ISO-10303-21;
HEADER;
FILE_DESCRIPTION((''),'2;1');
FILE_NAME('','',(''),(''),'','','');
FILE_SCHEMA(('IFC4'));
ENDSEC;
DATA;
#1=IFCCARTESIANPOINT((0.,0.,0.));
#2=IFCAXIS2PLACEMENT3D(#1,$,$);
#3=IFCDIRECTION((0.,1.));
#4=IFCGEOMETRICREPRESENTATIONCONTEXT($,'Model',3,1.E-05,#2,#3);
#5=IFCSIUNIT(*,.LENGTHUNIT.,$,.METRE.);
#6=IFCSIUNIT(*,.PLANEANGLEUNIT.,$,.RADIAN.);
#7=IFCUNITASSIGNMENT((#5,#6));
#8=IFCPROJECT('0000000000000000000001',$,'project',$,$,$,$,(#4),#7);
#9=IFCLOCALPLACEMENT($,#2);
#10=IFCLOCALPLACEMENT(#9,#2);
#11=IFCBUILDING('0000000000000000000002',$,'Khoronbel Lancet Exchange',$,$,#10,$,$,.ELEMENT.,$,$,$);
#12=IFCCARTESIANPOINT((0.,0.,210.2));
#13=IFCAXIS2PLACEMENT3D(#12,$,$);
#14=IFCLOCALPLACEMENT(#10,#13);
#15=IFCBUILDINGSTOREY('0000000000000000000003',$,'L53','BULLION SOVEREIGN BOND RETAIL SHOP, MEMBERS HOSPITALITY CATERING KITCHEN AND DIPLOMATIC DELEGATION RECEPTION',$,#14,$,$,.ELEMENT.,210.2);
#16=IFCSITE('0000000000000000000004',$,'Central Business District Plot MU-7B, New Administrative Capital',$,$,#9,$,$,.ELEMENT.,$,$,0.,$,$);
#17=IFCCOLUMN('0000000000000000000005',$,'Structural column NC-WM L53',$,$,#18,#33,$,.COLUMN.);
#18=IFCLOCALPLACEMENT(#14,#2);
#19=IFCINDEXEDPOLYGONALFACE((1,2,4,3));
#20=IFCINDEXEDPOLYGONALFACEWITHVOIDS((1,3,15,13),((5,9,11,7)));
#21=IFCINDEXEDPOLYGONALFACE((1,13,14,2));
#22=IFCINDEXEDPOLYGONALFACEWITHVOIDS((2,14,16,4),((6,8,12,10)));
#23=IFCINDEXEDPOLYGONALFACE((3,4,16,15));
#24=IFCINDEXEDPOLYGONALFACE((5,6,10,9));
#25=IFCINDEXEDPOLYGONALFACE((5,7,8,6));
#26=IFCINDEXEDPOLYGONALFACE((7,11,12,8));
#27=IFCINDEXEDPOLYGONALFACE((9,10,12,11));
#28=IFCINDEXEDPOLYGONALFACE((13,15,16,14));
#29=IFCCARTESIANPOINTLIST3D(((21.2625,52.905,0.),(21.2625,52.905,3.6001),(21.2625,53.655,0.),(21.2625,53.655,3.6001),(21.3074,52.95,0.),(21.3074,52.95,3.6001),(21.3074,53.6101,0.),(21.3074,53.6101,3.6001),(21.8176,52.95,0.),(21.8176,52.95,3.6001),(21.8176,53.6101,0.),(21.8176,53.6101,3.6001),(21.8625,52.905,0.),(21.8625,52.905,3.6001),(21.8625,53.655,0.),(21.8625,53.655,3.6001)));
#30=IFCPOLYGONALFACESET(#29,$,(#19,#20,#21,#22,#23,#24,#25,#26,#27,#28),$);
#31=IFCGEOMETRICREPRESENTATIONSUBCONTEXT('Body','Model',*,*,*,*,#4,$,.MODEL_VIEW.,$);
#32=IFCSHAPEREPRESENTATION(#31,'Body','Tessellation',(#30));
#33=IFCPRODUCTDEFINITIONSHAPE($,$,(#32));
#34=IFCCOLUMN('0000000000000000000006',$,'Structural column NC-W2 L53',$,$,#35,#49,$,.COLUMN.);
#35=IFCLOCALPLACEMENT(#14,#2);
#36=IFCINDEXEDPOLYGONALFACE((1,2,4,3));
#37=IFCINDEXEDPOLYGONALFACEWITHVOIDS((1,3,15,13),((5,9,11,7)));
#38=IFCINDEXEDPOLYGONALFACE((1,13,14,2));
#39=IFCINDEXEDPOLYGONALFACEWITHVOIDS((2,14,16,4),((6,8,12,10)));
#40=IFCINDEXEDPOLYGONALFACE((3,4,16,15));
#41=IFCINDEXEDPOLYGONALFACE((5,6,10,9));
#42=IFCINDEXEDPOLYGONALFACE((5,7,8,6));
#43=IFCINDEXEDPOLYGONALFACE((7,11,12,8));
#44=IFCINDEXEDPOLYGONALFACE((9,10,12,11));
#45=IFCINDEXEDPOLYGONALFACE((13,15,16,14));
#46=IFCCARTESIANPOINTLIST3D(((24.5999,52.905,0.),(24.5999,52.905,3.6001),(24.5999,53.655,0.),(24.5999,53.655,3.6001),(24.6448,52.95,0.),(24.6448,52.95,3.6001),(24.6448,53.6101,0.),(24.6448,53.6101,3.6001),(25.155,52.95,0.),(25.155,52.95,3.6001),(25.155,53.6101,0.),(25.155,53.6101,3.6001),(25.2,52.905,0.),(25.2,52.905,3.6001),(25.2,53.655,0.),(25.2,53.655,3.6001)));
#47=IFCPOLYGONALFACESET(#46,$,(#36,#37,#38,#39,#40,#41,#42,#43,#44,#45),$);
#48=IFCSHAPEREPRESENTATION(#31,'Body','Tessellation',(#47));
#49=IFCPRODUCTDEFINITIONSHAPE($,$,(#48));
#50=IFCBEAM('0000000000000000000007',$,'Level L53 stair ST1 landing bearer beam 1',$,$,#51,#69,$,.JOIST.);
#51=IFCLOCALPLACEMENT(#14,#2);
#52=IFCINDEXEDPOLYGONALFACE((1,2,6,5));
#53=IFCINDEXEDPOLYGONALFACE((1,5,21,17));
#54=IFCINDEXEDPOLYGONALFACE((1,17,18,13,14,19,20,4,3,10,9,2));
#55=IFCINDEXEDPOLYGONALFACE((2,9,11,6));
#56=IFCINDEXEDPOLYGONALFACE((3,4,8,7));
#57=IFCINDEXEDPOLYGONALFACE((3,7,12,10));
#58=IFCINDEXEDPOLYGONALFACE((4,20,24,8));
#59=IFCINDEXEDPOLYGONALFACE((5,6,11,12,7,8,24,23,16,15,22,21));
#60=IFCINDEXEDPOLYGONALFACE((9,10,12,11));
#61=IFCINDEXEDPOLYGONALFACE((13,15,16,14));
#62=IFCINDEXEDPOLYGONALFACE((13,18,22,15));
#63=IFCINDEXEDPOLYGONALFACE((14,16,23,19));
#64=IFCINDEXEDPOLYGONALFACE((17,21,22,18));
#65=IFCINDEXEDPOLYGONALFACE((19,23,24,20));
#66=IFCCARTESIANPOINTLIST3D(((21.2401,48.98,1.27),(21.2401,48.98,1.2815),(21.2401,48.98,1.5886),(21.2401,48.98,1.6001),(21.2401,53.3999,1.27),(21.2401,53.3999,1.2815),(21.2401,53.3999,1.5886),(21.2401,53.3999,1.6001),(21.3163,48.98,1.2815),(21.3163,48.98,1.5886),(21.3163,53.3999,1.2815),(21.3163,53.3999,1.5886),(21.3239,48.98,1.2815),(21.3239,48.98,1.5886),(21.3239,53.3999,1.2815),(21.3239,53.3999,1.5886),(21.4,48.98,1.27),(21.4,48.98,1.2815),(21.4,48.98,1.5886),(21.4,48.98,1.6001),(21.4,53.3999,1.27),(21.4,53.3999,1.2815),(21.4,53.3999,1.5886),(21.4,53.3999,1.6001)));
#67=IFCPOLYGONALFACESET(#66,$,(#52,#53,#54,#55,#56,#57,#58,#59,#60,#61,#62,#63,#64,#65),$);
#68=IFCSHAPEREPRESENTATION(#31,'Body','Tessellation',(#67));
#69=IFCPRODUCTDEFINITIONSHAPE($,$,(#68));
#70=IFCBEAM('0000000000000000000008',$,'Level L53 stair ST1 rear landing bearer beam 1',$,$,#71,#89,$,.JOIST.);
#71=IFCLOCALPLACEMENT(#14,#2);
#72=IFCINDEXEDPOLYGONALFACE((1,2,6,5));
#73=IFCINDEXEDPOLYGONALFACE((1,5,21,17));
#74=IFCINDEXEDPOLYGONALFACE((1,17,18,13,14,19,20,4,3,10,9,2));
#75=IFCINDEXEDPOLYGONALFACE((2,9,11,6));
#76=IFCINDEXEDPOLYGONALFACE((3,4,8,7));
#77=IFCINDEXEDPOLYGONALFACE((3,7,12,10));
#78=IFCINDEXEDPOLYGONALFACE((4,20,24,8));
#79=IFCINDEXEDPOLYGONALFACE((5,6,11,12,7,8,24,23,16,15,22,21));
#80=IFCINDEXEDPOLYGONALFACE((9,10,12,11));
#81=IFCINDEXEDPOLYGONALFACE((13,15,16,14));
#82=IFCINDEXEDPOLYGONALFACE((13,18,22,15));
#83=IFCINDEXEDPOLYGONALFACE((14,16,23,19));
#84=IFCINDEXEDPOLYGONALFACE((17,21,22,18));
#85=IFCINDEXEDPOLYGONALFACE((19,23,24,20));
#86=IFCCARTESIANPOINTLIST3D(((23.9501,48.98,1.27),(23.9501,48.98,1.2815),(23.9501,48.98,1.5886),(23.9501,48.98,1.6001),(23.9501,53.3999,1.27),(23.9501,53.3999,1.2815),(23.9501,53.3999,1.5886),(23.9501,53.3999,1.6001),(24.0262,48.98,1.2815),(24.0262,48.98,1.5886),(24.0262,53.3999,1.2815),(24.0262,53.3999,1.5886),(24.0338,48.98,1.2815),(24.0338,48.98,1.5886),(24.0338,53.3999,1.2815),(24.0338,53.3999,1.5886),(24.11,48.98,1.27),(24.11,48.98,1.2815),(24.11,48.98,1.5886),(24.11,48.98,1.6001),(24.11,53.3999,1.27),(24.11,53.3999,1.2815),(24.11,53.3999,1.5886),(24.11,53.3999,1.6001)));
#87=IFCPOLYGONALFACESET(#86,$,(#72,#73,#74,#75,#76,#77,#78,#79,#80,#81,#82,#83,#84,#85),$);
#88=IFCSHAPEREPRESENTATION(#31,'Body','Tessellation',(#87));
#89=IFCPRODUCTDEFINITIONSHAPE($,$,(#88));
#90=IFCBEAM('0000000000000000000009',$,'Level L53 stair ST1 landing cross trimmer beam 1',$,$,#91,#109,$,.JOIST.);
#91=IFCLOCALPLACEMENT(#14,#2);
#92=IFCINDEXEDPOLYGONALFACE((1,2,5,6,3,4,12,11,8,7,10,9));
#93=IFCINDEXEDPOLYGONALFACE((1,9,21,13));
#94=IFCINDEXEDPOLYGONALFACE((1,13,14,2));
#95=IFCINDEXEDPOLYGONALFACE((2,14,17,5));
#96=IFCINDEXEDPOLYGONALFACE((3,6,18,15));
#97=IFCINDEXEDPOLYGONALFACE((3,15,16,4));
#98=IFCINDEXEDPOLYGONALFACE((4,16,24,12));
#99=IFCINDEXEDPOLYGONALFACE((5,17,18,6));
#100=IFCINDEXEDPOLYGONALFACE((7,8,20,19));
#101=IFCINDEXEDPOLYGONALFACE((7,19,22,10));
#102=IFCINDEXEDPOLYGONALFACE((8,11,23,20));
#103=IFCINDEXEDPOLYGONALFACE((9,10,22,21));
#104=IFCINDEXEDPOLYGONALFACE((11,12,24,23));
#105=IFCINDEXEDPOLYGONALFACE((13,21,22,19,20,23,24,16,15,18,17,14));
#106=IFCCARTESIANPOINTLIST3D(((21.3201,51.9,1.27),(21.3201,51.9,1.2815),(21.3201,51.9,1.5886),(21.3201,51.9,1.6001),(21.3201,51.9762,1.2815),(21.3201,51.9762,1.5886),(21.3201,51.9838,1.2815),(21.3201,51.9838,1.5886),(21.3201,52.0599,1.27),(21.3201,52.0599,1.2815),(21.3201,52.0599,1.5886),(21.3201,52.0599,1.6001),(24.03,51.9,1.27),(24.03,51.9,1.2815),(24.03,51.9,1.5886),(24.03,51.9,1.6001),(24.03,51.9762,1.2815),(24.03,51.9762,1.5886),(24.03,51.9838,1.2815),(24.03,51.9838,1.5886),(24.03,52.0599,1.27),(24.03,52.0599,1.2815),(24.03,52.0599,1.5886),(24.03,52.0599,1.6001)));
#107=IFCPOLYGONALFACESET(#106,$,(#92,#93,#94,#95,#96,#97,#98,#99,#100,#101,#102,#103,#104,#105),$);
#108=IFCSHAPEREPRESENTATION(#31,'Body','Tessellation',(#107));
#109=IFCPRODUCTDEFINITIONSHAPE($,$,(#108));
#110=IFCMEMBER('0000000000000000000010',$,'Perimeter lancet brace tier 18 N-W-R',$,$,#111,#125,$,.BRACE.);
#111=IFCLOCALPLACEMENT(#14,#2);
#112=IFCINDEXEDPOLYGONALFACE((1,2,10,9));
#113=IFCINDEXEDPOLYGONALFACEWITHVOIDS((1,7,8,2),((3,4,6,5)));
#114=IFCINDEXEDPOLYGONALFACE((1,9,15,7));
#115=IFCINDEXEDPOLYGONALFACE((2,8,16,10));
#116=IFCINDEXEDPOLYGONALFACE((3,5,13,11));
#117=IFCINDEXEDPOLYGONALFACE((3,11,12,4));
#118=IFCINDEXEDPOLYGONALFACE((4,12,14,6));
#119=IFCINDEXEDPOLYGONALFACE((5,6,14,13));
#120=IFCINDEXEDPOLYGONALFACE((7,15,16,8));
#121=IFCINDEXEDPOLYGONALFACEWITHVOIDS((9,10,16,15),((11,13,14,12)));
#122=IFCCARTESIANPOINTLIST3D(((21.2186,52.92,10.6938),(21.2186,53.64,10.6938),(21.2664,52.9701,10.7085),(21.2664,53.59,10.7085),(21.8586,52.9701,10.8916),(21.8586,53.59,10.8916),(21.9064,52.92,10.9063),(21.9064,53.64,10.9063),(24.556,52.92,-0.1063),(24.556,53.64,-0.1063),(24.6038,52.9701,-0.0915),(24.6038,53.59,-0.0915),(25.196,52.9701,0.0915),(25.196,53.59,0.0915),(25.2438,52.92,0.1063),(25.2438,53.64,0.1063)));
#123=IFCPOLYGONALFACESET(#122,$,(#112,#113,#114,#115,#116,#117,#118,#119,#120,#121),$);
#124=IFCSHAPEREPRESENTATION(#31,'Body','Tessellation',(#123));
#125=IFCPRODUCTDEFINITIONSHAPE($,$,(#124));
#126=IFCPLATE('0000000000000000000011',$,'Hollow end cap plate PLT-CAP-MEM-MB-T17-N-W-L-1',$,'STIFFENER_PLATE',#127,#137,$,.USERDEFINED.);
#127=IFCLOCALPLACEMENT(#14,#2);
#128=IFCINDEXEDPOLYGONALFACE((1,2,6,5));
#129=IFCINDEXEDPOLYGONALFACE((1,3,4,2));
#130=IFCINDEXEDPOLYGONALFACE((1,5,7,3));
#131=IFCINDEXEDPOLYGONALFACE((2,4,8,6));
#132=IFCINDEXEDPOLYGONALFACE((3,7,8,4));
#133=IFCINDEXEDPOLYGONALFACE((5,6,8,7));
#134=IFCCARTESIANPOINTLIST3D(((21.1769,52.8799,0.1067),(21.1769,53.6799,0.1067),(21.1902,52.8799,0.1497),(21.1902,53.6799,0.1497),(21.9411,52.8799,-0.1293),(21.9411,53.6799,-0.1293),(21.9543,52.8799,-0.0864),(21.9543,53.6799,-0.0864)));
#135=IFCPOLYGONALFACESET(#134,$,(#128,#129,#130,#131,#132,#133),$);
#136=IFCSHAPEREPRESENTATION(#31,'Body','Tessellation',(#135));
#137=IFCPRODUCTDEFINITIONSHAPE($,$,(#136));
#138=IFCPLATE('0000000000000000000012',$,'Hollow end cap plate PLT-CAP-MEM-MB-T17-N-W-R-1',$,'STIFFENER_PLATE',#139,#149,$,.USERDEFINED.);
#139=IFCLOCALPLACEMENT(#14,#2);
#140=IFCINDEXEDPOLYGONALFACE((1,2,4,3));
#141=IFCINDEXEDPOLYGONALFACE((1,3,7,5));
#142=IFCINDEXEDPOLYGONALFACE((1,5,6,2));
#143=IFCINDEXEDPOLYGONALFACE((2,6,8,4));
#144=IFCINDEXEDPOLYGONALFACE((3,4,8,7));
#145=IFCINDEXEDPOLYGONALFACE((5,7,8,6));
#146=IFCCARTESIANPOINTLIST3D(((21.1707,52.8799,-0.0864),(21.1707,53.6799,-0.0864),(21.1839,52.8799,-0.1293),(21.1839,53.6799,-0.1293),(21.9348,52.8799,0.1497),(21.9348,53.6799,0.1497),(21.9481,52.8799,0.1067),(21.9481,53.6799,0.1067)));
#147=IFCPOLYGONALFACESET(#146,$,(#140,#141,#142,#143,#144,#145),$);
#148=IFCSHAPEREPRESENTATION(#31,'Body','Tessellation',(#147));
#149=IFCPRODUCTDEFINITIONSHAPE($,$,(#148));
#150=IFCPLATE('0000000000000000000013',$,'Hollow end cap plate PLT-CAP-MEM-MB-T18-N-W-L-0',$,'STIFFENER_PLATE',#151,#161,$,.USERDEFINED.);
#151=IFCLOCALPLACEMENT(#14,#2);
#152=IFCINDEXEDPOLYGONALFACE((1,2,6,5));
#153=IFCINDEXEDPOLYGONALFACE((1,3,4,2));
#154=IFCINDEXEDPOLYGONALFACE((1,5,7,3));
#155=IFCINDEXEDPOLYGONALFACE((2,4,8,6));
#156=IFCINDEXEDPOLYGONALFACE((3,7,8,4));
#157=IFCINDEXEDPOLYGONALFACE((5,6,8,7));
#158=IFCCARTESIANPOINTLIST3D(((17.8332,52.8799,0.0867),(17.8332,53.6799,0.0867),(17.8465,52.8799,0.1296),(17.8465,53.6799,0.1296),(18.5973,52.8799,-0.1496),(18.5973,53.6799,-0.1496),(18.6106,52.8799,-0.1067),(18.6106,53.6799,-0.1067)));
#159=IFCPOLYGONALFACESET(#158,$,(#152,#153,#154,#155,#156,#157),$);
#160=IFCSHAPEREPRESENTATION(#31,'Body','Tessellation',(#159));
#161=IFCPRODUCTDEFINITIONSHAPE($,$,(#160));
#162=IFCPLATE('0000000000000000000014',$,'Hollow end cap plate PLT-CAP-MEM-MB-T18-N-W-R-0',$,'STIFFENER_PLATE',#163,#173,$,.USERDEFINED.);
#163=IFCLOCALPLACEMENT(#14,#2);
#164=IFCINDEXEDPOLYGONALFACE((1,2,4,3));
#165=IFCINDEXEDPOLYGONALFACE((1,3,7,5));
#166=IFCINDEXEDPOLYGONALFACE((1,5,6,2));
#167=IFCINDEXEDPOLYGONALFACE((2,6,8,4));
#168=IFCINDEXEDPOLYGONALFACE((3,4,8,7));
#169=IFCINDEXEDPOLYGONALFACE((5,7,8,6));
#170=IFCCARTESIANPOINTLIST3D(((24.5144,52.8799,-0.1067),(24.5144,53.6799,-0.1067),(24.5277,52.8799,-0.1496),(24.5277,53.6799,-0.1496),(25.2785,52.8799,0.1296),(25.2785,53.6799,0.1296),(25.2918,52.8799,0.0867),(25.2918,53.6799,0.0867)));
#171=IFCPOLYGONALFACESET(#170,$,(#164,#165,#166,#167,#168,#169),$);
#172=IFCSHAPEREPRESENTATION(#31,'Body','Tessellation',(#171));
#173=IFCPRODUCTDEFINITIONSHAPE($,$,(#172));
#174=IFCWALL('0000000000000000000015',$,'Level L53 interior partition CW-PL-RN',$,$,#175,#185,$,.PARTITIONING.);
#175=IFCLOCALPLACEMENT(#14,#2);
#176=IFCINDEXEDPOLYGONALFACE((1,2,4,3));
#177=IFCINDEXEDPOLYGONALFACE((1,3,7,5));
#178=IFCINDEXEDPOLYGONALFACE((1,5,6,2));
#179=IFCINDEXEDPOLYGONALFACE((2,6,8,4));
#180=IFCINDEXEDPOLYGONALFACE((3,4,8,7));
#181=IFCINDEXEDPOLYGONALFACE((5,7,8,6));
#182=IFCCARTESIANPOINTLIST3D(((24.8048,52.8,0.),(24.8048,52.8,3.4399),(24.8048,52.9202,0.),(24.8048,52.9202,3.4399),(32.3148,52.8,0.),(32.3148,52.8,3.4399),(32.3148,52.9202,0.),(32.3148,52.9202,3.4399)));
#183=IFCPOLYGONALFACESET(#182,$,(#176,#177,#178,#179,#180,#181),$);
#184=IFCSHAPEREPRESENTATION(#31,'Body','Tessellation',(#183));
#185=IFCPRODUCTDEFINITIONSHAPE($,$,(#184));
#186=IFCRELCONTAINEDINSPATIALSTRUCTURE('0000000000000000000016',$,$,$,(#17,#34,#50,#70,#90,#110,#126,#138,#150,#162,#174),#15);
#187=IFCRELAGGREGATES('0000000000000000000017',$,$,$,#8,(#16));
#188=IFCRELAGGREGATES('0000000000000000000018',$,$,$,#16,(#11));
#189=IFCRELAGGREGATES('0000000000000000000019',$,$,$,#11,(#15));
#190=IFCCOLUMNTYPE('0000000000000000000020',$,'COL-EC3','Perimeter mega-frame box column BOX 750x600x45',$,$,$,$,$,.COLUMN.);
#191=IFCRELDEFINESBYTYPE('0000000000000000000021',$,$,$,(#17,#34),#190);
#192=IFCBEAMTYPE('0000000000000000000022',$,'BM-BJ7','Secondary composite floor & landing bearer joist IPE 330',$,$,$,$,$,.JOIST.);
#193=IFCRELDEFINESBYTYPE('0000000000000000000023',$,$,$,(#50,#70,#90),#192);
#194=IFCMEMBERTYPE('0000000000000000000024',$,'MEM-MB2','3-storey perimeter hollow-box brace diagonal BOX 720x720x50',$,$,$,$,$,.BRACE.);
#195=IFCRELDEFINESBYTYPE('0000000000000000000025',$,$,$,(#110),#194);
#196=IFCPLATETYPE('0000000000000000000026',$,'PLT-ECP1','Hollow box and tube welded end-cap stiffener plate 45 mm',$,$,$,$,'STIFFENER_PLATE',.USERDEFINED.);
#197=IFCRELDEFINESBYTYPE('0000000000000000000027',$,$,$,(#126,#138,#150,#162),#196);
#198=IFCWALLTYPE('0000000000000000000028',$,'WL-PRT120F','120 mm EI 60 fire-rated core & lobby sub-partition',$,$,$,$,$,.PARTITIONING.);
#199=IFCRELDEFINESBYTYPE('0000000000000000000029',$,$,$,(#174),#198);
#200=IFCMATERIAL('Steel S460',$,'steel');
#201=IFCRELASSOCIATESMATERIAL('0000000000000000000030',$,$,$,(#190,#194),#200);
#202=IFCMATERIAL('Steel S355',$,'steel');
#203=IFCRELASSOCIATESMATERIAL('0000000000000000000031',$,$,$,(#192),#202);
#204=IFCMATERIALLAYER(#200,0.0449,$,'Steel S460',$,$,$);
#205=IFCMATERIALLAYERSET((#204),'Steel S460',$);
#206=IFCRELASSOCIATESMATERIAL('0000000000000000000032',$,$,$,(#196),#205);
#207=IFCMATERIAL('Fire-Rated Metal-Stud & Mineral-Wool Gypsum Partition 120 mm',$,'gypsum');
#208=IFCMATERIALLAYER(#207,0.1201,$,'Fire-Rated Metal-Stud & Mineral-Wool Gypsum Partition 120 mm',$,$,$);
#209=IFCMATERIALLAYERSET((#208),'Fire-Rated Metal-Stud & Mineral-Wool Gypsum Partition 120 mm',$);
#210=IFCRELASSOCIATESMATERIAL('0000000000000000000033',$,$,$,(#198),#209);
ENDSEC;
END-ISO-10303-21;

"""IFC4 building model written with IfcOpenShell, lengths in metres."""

from ifc_helpers import new_model, si_unit, direction, frame, frame_2d, origin, origin_2d, place, context, subcontext, project, spatial, polyline, rectangle, hollow_rectangle, i_section, outline, extrude, material, layer, layer_set, material_profile, profile_set, type_object, element, save


model = new_model("IFC4")

# Units and contexts
model_context = context("Model", 3, precision=1e-05, world=origin(), true_north=direction((0.0, 1.0)))
body_context = subcontext(model_context, "Body", "Model", "MODEL_VIEW")
ifc_project = project(units=[si_unit("LENGTHUNIT", "METRE"), si_unit("PLANEANGLEUNIT", "RADIAN")], contexts=[model_context])

# Site, building, storey
site_placement = place(None, origin())
site = spatial("IfcSite", under=ifc_project, at=site_placement, Name="Central Business District Plot MU-7B, New Administrative Capital", CompositionType="ELEMENT", RefElevation=0.0)
building_placement = place(site_placement, origin())
building = spatial("IfcBuilding", under=site, at=building_placement, Name="Khoronbel Lancet Exchange", CompositionType="ELEMENT")
storey_placement = place(building_placement, frame((0.0, 0.0, 210.2)))
storey = spatial("IfcBuildingStorey", under=building, at=storey_placement, Name="L53", Description="BULLION SOVEREIGN BOND RETAIL SHOP, MEMBERS HOSPITALITY CATERING KITCHEN AND DIPLOMATIC DELEGATION RECEPTION", CompositionType="ELEMENT", Elevation=210.2)

# Columns
ifc_material_1 = material(Name="Steel S460", Category="steel")
ifc_material_profile_1 = material_profile(ifc_material_1, hollow_rectangle(XDim=0.6001, YDim=0.75, WallThickness=0.0449, at=origin_2d()), Name="BOX 750x600x45")
ifc_profile_set_1 = profile_set([ifc_material_profile_1], Name="Steel S460")
column_type = type_object("IfcColumnType", Name="COL-EC3", Description="Perimeter mega-frame box column BOX 750x600x45", PredefinedType="COLUMN", material=ifc_profile_set_1)
for number, where, z_axis, x_axis, name in (
    (1, (21.5625, 53.28, 0.0), (0.0, 0.0, 1.0), (1.0, 0.0, 0.0), "Structural column NC-WM L53"),
    (2, (24.8999, 53.28, 0.0), (0.0, 0.0, 1.0), (1.0, 0.0, 0.0), "Structural column NC-W2 L53"),
):
    element("IfcColumn", number, at=place(storey_placement, frame(where, z_axis=z_axis, x_axis=x_axis)), inside=storey, type_object=column_type, Name=name, PredefinedType="COLUMN", context=body_context, shape_type="SweptSolid", body=[
        extrude(hollow_rectangle(XDim=0.6001, YDim=0.75, WallThickness=0.0449, at=origin_2d()), origin(), (0.0, 0.0, 1.0), 3.6001),
    ])

# Beams
ifc_material_2 = material(Name="Steel S355", Category="steel")
ifc_material_profile_2 = material_profile(ifc_material_2, i_section(OverallWidth=0.1599, OverallDepth=0.3301, WebThickness=0.0076, FlangeThickness=0.0115, at=origin_2d()), Name="IPE 330")
ifc_profile_set_2 = profile_set([ifc_material_profile_2], Name="Steel S355")
beam_type = type_object("IfcBeamType", Name="BM-BJ7", Description="Secondary composite floor & landing bearer joist IPE 330", PredefinedType="JOIST", material=ifc_profile_set_2)
for number, where, z_axis, x_axis, name in (
    (3, (21.3201, 48.98, 1.4351), (0.0, 1.0, 0.0), (-1.0, 0.0, 0.0), "Level L53 stair ST1 landing bearer beam 1"),
    (4, (24.03, 48.98, 1.4351), (0.0, 1.0, 0.0), (-1.0, 0.0, 0.0), "Level L53 stair ST1 rear landing bearer beam 1"),
):
    element("IfcBeam", number, at=place(storey_placement, frame(where, z_axis=z_axis, x_axis=x_axis)), inside=storey, type_object=beam_type, Name=name, PredefinedType="JOIST", context=body_context, shape_type="SweptSolid", body=[
        extrude(i_section(OverallWidth=0.1599, OverallDepth=0.3301, WebThickness=0.0076, FlangeThickness=0.0115, at=origin_2d()), origin(), (0.0, 0.0, 1.0), 4.4199),
    ])
beam_placement = place(storey_placement, frame((21.3201, 51.98, 1.4351), z_axis=(1.0, 0.0, 0.0), x_axis=(0.0, 1.0, 0.0)))
element("IfcBeam", 5, at=beam_placement, inside=storey, type_object=beam_type, Name="Level L53 stair ST1 landing cross trimmer beam 1", PredefinedType="JOIST", context=body_context, shape_type="SweptSolid", body=[
    extrude(i_section(OverallWidth=0.1599, OverallDepth=0.3301, WebThickness=0.0076, FlangeThickness=0.0115, at=origin_2d()), origin(), (0.0, 0.0, 1.0), 2.71),
])

# Member
ifc_material_profile_3 = material_profile(ifc_material_1, hollow_rectangle(XDim=0.72, YDim=0.72, WallThickness=0.05, at=origin_2d()), Name="BOX 720x720x50")
ifc_profile_set_3 = profile_set([ifc_material_profile_3], Name="Steel S460")
member_type = type_object("IfcMemberType", Name="MEM-MB2", Description="3-storey perimeter hollow-box brace diagonal BOX 720x720x50", PredefinedType="BRACE", material=ifc_profile_set_3)
member_placement = place(storey_placement, frame((24.8999, 53.28, 0.0), z_axis=(-0.295242, 0.0, 0.955422), x_axis=(0.0, -1.0, 0.0)))
element("IfcMember", 6, at=member_placement, inside=storey, type_object=member_type, Name="Perimeter lancet brace tier 18 N-W-R", PredefinedType="BRACE", context=body_context, shape_type="SweptSolid", body=[
    extrude(hollow_rectangle(XDim=0.72, YDim=0.72, WallThickness=0.05, at=origin_2d()), origin(), (0.0, 0.0, 1.0), 11.304),
])

# Plates
ifc_layer_1 = layer(ifc_material_1, 0.0449, Name="Steel S460")
ifc_layer_set_1 = layer_set([ifc_layer_1], Name="Steel S460")
plate_type = type_object("IfcPlateType", Name="PLT-ECP1", Description="Hollow box and tube welded end-cap stiffener plate 45 mm", ElementType="STIFFENER_PLATE", PredefinedType="USERDEFINED", material=ifc_layer_set_1)
for number, where, z_axis, x_axis, name in (
    (7, (21.9543, 52.8799, -0.0864), (0.29518, 0.0, 0.955442), (0.0, 1.0, 0.0), "Hollow end cap plate PLT-CAP-MEM-MB-T17-N-W-L-1"),
    (8, (21.1707, 53.6799, -0.0864), (-0.29518, 0.0, 0.955442), (0.0, -1.0, 0.0), "Hollow end cap plate PLT-CAP-MEM-MB-T17-N-W-R-1"),
    (9, (18.6106, 52.8799, -0.1067), (0.295458, 0.0, 0.955356), (0.0, 1.0, 0.0), "Hollow end cap plate PLT-CAP-MEM-MB-T18-N-W-L-0"),
    (10, (24.5144, 53.6799, -0.1067), (-0.295458, 0.0, 0.955356), (0.0, -1.0, 0.0), "Hollow end cap plate PLT-CAP-MEM-MB-T18-N-W-R-0"),
):
    element("IfcPlate", number, at=place(storey_placement, frame(where, z_axis=z_axis, x_axis=x_axis)), inside=storey, type_object=plate_type, Name=name, ObjectType="STIFFENER_PLATE", PredefinedType="USERDEFINED", context=body_context, shape_type="SweptSolid", body=[
        extrude(outline(polyline([(0.0, 0.0), (0.8, 0.0), (0.8, 0.7998), (0.0, 0.7998), (0.0, 0.0)])), origin(), (0.0, 0.0, -1.0), 0.0449),
    ])

# Wall
ifc_material_3 = material(Name="Fire-Rated Metal-Stud & Mineral-Wool Gypsum Partition 120 mm", Category="gypsum")
ifc_layer_2 = layer(ifc_material_3, 0.1201, Name="Fire-Rated Metal-Stud & Mineral-Wool Gypsum Partition 120 mm")
ifc_layer_set_2 = layer_set([ifc_layer_2], Name="Fire-Rated Metal-Stud & Mineral-Wool Gypsum Partition 120 mm")
wall_type_1 = type_object("IfcWallType", Name="WL-PRT120F", Description="120 mm EI 60 fire-rated core & lobby sub-partition", PredefinedType="PARTITIONING", material=ifc_layer_set_2)
wall_1_placement = place(storey_placement, frame((24.8049, 52.8601, 0.0), z_axis=(0.0, 0.0, 1.0), x_axis=(1.0, 0.0, 0.0)))
element("IfcWall", 11, at=wall_1_placement, inside=storey, type_object=wall_type_1, Name="Level L53 interior partition CW-PL-RN", PredefinedType="PARTITIONING", context=body_context, shape_type="SweptSolid", body=[
    extrude(rectangle(XDim=7.51, YDim=0.1201, at=frame_2d((3.7549, 0.0))), origin(), (0.0, 0.0, 1.0), 3.4399),
])

save(model, "model.ifc")
